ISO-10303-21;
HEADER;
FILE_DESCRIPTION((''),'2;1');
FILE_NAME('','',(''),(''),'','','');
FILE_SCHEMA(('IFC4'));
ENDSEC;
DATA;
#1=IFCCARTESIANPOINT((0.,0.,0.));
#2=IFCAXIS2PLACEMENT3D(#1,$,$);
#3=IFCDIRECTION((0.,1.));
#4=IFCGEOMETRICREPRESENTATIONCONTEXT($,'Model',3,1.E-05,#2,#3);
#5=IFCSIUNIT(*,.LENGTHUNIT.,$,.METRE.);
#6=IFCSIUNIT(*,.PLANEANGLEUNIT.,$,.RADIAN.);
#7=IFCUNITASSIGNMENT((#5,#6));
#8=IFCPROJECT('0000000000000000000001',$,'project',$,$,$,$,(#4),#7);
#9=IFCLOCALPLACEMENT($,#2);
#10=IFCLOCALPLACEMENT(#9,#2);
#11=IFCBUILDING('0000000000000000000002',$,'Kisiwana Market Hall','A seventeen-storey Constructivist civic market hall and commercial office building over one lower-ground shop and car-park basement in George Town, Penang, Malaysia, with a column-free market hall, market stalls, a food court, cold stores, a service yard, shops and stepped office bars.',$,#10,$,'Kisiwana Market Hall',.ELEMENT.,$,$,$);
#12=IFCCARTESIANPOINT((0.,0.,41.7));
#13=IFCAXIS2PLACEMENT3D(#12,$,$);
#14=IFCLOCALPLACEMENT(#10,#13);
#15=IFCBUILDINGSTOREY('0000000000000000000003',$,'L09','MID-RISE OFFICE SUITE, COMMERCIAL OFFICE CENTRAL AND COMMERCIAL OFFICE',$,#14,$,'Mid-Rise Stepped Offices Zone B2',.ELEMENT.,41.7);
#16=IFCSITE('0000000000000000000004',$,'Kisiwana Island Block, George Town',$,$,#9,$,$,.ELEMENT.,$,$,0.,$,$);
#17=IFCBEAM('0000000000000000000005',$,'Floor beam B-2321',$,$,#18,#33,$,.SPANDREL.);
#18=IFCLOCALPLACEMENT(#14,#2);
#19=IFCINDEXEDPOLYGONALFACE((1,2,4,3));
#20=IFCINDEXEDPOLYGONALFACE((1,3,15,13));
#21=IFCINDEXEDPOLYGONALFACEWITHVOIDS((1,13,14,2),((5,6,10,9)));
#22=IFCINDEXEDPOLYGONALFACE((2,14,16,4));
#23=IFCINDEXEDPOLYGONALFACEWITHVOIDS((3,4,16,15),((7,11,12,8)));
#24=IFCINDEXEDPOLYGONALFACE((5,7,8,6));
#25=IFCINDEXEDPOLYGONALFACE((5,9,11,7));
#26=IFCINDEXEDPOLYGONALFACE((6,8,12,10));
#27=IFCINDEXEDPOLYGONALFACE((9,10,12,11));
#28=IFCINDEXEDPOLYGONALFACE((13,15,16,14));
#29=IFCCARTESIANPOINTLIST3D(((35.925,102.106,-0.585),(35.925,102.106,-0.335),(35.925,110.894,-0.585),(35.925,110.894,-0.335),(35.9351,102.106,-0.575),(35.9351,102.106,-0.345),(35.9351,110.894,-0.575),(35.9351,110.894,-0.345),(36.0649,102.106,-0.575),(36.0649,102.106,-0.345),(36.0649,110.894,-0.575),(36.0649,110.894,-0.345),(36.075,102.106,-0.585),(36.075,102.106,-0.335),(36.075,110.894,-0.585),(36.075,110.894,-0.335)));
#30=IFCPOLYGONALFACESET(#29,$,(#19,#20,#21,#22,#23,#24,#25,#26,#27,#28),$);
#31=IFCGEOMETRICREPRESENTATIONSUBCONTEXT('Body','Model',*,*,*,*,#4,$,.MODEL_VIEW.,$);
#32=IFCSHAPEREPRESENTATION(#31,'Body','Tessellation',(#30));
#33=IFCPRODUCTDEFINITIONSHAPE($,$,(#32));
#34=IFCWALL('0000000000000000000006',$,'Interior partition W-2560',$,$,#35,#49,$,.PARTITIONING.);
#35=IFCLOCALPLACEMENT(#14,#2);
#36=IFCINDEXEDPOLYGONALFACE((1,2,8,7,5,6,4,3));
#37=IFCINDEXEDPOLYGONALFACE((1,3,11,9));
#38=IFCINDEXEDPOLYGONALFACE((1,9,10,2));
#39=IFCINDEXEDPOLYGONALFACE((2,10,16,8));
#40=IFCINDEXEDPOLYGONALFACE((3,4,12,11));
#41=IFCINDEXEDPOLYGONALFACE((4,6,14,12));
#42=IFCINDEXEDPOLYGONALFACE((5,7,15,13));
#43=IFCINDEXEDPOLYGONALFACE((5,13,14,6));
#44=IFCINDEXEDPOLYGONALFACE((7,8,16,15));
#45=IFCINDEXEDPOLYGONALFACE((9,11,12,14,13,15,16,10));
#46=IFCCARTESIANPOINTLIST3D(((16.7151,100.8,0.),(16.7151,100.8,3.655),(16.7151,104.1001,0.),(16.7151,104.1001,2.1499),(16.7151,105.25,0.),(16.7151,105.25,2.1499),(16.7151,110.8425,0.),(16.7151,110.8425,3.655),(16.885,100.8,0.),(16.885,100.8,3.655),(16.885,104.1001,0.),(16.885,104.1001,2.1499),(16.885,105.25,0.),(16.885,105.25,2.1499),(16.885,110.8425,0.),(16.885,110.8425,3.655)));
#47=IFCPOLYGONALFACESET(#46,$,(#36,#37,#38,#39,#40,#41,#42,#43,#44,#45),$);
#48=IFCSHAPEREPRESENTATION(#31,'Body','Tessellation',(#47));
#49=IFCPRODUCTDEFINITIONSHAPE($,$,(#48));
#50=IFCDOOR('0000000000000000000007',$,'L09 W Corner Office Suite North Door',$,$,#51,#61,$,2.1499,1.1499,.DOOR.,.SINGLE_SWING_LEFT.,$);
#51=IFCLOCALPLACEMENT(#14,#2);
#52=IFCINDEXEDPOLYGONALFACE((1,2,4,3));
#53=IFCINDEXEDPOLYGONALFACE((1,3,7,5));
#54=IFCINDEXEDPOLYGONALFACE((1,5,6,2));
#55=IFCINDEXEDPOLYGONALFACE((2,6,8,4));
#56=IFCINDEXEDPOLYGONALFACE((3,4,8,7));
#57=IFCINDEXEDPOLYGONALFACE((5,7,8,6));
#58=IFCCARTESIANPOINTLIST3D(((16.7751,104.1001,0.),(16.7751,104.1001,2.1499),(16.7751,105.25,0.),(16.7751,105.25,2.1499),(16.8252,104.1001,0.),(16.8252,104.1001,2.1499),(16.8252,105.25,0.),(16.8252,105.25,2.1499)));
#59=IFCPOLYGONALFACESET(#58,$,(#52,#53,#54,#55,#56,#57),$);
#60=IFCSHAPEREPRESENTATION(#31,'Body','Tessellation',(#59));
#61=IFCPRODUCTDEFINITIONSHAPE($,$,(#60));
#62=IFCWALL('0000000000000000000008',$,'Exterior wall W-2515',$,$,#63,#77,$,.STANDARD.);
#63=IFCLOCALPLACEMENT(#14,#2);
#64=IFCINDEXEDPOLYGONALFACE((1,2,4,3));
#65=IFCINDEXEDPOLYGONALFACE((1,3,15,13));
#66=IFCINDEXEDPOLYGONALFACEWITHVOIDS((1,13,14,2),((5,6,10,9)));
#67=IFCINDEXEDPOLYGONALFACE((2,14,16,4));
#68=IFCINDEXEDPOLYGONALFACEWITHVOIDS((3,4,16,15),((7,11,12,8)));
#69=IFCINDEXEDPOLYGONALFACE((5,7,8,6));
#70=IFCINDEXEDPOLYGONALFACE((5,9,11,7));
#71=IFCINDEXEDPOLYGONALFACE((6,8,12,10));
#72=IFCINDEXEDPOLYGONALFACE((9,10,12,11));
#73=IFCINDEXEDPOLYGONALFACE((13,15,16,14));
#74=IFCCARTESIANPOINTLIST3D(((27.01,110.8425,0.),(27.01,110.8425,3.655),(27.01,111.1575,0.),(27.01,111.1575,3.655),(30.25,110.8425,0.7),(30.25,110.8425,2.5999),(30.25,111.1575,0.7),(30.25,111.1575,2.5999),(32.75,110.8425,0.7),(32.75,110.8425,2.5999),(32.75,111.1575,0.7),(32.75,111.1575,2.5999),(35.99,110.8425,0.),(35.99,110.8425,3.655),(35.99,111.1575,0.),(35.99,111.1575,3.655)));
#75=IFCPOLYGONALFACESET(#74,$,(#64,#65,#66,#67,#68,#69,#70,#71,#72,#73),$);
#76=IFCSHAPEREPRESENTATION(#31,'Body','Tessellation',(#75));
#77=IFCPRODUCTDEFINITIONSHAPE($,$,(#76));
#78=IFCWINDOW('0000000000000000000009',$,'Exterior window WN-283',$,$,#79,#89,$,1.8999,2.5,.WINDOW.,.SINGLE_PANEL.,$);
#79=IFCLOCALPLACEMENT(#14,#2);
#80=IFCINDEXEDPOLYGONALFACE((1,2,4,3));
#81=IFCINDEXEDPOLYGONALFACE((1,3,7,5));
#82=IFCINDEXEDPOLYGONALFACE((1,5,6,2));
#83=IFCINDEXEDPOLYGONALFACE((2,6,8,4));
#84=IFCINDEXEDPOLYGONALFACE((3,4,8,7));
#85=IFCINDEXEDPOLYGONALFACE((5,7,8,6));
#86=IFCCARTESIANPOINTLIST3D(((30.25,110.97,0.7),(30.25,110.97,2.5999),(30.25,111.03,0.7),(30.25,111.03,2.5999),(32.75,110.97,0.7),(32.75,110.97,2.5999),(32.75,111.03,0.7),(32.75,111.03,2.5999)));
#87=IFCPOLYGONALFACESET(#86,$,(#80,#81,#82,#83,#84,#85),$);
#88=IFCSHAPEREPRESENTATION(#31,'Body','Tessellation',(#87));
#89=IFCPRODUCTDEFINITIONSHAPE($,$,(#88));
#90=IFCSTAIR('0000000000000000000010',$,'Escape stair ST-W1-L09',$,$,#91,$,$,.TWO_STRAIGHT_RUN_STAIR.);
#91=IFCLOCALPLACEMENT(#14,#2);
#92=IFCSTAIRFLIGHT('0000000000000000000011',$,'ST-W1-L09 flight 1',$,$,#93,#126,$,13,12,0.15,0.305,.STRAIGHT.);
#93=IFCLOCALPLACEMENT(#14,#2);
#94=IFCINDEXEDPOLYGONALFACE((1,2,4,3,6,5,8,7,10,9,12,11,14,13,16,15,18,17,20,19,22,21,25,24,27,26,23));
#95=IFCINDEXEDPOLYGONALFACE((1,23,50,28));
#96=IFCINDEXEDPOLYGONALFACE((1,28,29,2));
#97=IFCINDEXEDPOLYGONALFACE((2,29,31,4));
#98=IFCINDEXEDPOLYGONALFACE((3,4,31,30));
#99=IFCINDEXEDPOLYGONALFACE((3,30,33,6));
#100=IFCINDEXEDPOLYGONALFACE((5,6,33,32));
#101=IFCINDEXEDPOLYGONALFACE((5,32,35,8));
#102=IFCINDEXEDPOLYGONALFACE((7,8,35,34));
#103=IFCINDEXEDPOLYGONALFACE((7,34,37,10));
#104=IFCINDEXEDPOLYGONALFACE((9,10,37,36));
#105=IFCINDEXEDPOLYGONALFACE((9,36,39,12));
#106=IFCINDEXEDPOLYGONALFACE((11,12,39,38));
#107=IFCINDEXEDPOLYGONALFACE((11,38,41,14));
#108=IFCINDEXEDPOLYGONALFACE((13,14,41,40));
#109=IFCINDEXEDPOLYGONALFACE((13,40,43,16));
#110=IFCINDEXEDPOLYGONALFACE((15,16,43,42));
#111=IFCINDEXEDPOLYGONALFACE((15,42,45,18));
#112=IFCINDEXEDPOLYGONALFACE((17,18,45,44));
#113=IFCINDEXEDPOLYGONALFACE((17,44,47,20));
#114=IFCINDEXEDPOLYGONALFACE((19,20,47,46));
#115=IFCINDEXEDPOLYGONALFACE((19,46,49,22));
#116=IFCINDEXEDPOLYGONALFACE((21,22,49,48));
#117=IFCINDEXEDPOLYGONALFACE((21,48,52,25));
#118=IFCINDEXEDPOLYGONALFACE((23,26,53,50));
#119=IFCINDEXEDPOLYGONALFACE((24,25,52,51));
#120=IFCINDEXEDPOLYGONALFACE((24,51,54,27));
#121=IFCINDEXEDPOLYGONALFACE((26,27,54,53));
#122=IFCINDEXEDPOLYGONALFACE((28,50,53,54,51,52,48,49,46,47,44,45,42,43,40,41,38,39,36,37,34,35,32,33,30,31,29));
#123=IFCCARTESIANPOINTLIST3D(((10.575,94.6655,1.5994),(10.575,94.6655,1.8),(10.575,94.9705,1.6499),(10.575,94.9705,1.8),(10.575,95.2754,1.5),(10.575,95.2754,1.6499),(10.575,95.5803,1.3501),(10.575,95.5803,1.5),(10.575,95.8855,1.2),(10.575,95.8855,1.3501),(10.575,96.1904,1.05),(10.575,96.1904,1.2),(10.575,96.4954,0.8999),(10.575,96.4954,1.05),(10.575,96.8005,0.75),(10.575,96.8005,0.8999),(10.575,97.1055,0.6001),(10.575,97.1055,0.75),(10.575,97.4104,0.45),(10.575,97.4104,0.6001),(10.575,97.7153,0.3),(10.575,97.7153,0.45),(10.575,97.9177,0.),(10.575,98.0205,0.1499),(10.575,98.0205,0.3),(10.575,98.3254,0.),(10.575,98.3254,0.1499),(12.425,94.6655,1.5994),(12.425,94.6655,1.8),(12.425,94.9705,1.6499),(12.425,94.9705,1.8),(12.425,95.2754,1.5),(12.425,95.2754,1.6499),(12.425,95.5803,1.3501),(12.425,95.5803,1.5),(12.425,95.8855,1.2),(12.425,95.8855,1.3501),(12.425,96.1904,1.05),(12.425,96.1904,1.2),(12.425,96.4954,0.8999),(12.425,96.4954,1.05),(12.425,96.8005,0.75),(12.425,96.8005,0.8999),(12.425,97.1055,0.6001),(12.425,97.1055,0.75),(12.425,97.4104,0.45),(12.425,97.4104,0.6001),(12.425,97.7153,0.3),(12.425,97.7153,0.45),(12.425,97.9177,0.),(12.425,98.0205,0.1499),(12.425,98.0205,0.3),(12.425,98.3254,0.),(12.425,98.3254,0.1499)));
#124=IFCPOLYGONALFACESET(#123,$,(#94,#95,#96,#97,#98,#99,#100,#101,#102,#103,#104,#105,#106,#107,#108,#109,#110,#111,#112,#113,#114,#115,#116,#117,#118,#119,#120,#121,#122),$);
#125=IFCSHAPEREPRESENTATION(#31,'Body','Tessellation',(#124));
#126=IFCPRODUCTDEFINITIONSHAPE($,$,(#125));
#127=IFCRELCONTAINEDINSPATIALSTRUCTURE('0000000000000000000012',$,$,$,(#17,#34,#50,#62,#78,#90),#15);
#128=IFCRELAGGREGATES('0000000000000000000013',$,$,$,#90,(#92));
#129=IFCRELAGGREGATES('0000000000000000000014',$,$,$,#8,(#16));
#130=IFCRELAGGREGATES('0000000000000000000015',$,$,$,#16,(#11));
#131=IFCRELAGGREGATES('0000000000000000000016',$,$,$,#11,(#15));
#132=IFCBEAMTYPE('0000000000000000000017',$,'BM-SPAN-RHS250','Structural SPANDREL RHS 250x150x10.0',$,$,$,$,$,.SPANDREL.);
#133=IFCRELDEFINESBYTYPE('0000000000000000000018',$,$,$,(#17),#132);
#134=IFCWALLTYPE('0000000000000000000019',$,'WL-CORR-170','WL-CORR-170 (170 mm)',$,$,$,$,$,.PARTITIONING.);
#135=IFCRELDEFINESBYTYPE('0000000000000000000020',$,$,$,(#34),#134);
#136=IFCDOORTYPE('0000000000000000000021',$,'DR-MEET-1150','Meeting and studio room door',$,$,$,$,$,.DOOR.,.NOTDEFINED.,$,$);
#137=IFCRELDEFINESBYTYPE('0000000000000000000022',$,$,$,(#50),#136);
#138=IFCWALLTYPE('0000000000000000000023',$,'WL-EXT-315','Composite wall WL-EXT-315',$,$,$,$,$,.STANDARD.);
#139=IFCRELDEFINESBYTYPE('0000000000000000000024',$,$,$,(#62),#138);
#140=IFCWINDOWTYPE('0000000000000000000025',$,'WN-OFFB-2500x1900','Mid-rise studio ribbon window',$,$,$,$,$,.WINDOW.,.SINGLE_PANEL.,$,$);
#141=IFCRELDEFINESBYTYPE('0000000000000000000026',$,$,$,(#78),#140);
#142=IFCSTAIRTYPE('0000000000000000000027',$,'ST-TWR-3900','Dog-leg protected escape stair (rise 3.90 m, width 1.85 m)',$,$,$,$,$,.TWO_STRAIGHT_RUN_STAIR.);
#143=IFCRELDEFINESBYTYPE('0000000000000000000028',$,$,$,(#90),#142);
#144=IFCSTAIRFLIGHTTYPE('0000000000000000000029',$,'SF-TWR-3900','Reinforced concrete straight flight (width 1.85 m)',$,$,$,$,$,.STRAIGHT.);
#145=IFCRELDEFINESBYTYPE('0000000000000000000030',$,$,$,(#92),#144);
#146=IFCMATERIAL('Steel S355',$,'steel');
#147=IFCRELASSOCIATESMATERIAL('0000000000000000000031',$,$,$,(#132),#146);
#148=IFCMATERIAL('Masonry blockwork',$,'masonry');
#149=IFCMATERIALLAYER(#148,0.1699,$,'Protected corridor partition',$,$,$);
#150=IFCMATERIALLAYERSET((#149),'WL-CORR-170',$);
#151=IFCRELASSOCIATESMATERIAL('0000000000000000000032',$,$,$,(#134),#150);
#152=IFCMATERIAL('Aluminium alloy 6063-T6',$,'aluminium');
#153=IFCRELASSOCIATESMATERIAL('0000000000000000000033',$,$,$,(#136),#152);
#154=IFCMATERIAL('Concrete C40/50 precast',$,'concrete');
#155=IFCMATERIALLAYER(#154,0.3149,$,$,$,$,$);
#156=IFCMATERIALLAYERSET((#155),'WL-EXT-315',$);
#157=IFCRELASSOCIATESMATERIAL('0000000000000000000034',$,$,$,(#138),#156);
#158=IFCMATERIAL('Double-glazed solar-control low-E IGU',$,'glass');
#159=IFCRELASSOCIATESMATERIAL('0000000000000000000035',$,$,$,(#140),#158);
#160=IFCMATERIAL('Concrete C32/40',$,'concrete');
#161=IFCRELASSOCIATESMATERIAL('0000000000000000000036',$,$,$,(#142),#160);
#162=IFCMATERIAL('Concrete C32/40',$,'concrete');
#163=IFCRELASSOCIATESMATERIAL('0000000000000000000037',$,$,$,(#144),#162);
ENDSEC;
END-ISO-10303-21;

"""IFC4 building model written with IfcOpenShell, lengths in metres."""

from ifc_helpers import new_model, si_unit, direction, frame, frame_2d, origin, origin_2d, place, context, subcontext, project, spatial, polyline, rectangle, hollow_rectangle, outline, extrude, material, layer, layer_set, material_profile, profile_set, type_object, element, fill, aggregate, save


model = new_model("IFC4")

# Units and contexts
model_context = context("Model", 3, precision=1e-05, world=origin(), true_north=direction((0.0, 1.0)))
body_context = subcontext(model_context, "Body", "Model", "MODEL_VIEW")
ifc_project = project(units=[si_unit("LENGTHUNIT", "METRE"), si_unit("PLANEANGLEUNIT", "RADIAN")], contexts=[model_context])

# Site, building, storey
site_placement = place(None, origin())
site = spatial("IfcSite", under=ifc_project, at=site_placement, Name="Kisiwana Island Block, George Town", CompositionType="ELEMENT", RefElevation=0.0)
building_placement = place(site_placement, origin())
building = spatial("IfcBuilding", under=site, at=building_placement, Name="Kisiwana Market Hall", Description="A seventeen-storey Constructivist civic market hall and commercial office building over one lower-ground shop and car-park basement in George Town, Penang, Malaysia, with a column-free market hall, market stalls, a food court, cold stores, a service yard, shops and stepped office bars.", LongName="Kisiwana Market Hall", CompositionType="ELEMENT")
storey_placement = place(building_placement, frame((0.0, 0.0, 41.7)))
storey = spatial("IfcBuildingStorey", under=building, at=storey_placement, Name="L09", Description="MID-RISE OFFICE SUITE, COMMERCIAL OFFICE CENTRAL AND COMMERCIAL OFFICE", LongName="Mid-Rise Stepped Offices Zone B2", CompositionType="ELEMENT", Elevation=41.7)

# Beam
ifc_material_1 = material(Name="Steel S355", Category="steel")
ifc_material_profile_1 = material_profile(ifc_material_1, hollow_rectangle(XDim=0.1499, YDim=0.25, WallThickness=0.01, at=origin_2d()), Name="RHS 250x150x10.0")
ifc_profile_set_1 = profile_set([ifc_material_profile_1], Name="Steel S355")
beam_type_1 = type_object("IfcBeamType", Name="BM-SPAN-RHS250", Description="Structural SPANDREL RHS 250x150x10.0", PredefinedType="SPANDREL", material=ifc_profile_set_1)
beam_1_placement = place(storey_placement, frame((36.0, 102.106, -0.46), z_axis=(0.0, 1.0, 0.0), x_axis=(-1.0, 0.0, 0.0)))
element("IfcBeam", 1, at=beam_1_placement, inside=storey, type_object=beam_type_1, Name="Floor beam B-2321", PredefinedType="SPANDREL", context=body_context, shape_type="SweptSolid", body=[
    extrude(hollow_rectangle(XDim=0.1499, YDim=0.25, WallThickness=0.01, at=origin_2d()), origin(), (0.0, 0.0, 1.0), 8.7881),
])

# Wall, opening, door
ifc_material_2 = material(Name="Masonry blockwork", Category="masonry")
ifc_layer_1 = layer(ifc_material_2, 0.1699, Name="Protected corridor partition")
ifc_layer_set_1 = layer_set([ifc_layer_1], Name="WL-CORR-170")
wall_type_1 = type_object("IfcWallType", Name="WL-CORR-170", Description="WL-CORR-170 (170 mm)", PredefinedType="PARTITIONING", material=ifc_layer_set_1)
wall_1_placement = place(storey_placement, frame((16.8, 100.8, 0.0), z_axis=(0.0, 0.0, 1.0), x_axis=(0.0, 1.0, 0.0)))
wall_1 = element("IfcWall", 2, at=wall_1_placement, inside=storey, type_object=wall_type_1, Name="Interior partition W-2560", PredefinedType="PARTITIONING", context=body_context, shape_type="SweptSolid", body=[
    extrude(rectangle(XDim=10.0425, YDim=0.1699, at=frame_2d((5.0212, 0.0))), origin(), (0.0, 0.0, 1.0), 3.655),
])
opening_1_placement = place(wall_1_placement, frame((3.3, 0.0, 0.0)))
opening_1 = element("IfcOpeningElement", 3, at=opening_1_placement, cuts=wall_1, PredefinedType="OPENING", context=body_context, shape_type="SweptSolid", body=[
    extrude(rectangle(XDim=1.1499, YDim=2.1499, at=frame_2d((0.575, 1.075))), frame((0.0, 0.0969, 0.0), z_axis=(0.0, -1.0, 0.0), x_axis=(1.0, 0.0, 0.0)), (0.0, 0.0, 1.0), 0.1938),
])
ifc_material_3 = material(Name="Aluminium alloy 6063-T6", Category="aluminium")
door_type = type_object("IfcDoorType", Name="DR-MEET-1150", Description="Meeting and studio room door", OperationType="NOTDEFINED", PredefinedType="DOOR", material=ifc_material_3)
door_placement = place(opening_1_placement, origin())
door = element("IfcDoor", 4, at=door_placement, inside=storey, type_object=door_type, Name="L09 W Corner Office Suite North Door", OperationType="SINGLE_SWING_LEFT", OverallHeight=2.1499, OverallWidth=1.1499, PredefinedType="DOOR", context=body_context, shape_type="SweptSolid", body=[
    extrude(rectangle(XDim=1.1499, YDim=2.1499, at=frame_2d((0.575, 1.075))), frame((0.0, 0.0249, 0.0), z_axis=(0.0, -1.0, 0.0), x_axis=(1.0, 0.0, 0.0)), (0.0, 0.0, 1.0), 0.05),
])
fill(opening_1, door)

# Wall, opening, window
ifc_material_4 = material(Name="Concrete C40/50 precast", Category="concrete")
ifc_layer_2 = layer(ifc_material_4, 0.3149)
ifc_layer_set_2 = layer_set([ifc_layer_2], Name="WL-EXT-315")
wall_type_2 = type_object("IfcWallType", Name="WL-EXT-315", Description="Composite wall WL-EXT-315", PredefinedType="STANDARD", material=ifc_layer_set_2)
wall_2_placement = place(storey_placement, frame((27.01, 111.0, 0.0), z_axis=(0.0, 0.0, 1.0), x_axis=(1.0, 0.0, 0.0)))
wall_2 = element("IfcWall", 5, at=wall_2_placement, inside=storey, type_object=wall_type_2, Name="Exterior wall W-2515", PredefinedType="STANDARD", context=body_context, shape_type="SweptSolid", body=[
    extrude(rectangle(XDim=8.98, YDim=0.3149, at=frame_2d((4.49, 0.0))), origin(), (0.0, 0.0, 1.0), 3.655),
])
opening_2_placement = place(wall_2_placement, frame((3.24, 0.0, 0.7)))
opening_2 = element("IfcOpeningElement", 6, at=opening_2_placement, cuts=wall_2, PredefinedType="OPENING", context=body_context, shape_type="SweptSolid", body=[
    extrude(rectangle(XDim=2.5, YDim=1.8999, at=frame_2d((1.25, 0.95))), frame((0.0, 0.1694, 0.0), z_axis=(0.0, -1.0, 0.0), x_axis=(1.0, 0.0, 0.0)), (0.0, 0.0, 1.0), 0.3389),
])
ifc_material_5 = material(Name="Double-glazed solar-control low-E IGU", Category="glass")
window_type = type_object("IfcWindowType", Name="WN-OFFB-2500x1900", Description="Mid-rise studio ribbon window", PartitioningType="SINGLE_PANEL", PredefinedType="WINDOW", material=ifc_material_5)
window_placement = place(opening_2_placement, origin())
window = element("IfcWindow", 7, at=window_placement, inside=storey, type_object=window_type, Name="Exterior window WN-283", OverallHeight=1.8999, OverallWidth=2.5, PartitioningType="SINGLE_PANEL", PredefinedType="WINDOW", context=body_context, shape_type="SweptSolid", body=[
    extrude(rectangle(XDim=2.5, YDim=1.8999, at=frame_2d((1.25, 0.95))), frame((0.0, 0.03, 0.0), z_axis=(0.0, -1.0, 0.0), x_axis=(1.0, 0.0, 0.0)), (0.0, 0.0, 1.0), 0.0601),
])
fill(opening_2, window)

# Stair, stair flight
ifc_material_6 = material(Name="Concrete C32/40", Category="concrete")
stair_type = type_object("IfcStairType", Name="ST-TWR-3900", Description="Dog-leg protected escape stair (rise 3.90 m, width 1.85 m)", PredefinedType="TWO_STRAIGHT_RUN_STAIR", material=ifc_material_6)
stair_placement = place(storey_placement, origin())
stair = element("IfcStair", 8, at=stair_placement, inside=storey, type_object=stair_type, Name="Escape stair ST-W1-L09", PredefinedType="TWO_STRAIGHT_RUN_STAIR")
ifc_material_7 = material(Name="Concrete C32/40", Category="concrete")
stair_flight_type = type_object("IfcStairFlightType", Name="SF-TWR-3900", Description="Reinforced concrete straight flight (width 1.85 m)", PredefinedType="STRAIGHT", material=ifc_material_7)
stair_flight_placement = place(storey_placement, frame((11.5, 98.3254, 0.0), z_axis=(0.0, 0.0, 1.0), x_axis=(0.0, -1.0, 0.0)))
stair_flight = element("IfcStairFlight", 9, at=stair_flight_placement, type_object=stair_flight_type, Name="ST-W1-L09 flight 1", NumberOfRisers=13, NumberOfTreads=12, PredefinedType="STRAIGHT", RiserHeight=0.15, TreadLength=0.305, context=body_context, shape_type="SweptSolid", body=[
    extrude(outline(polyline([(0.0, 0.0), (0.0, 0.1499), (0.3049, 0.1499), (0.3049, 0.3), (0.6101, 0.3), (0.6101, 0.45), (0.915, 0.45), (0.915, 0.6001), (1.22, 0.6001), (1.22, 0.75), (1.5249, 0.75), (1.5249, 0.8999), (1.8301, 0.8999), (1.8301, 1.05), (2.135, 1.05), (2.135, 1.2), (2.4399, 1.2), (2.4399, 1.3501), (2.7451, 1.3501), (2.7451, 1.5), (3.05, 1.5), (3.05, 1.6499), (3.355, 1.6499), (3.355, 1.8), (3.6599, 1.8), (3.6599, 1.95), (3.6599, 1.5994), (0.4077, 0.0), (0.0, 0.0)])), frame((0.0, 0.925, 0.0), z_axis=(0.0, -1.0, 0.0), x_axis=(1.0, 0.0, 0.0)), (0.0, 0.0, 1.0), 1.8501),
])
aggregate(stair, [stair_flight])

save(model, "model.ifc")
